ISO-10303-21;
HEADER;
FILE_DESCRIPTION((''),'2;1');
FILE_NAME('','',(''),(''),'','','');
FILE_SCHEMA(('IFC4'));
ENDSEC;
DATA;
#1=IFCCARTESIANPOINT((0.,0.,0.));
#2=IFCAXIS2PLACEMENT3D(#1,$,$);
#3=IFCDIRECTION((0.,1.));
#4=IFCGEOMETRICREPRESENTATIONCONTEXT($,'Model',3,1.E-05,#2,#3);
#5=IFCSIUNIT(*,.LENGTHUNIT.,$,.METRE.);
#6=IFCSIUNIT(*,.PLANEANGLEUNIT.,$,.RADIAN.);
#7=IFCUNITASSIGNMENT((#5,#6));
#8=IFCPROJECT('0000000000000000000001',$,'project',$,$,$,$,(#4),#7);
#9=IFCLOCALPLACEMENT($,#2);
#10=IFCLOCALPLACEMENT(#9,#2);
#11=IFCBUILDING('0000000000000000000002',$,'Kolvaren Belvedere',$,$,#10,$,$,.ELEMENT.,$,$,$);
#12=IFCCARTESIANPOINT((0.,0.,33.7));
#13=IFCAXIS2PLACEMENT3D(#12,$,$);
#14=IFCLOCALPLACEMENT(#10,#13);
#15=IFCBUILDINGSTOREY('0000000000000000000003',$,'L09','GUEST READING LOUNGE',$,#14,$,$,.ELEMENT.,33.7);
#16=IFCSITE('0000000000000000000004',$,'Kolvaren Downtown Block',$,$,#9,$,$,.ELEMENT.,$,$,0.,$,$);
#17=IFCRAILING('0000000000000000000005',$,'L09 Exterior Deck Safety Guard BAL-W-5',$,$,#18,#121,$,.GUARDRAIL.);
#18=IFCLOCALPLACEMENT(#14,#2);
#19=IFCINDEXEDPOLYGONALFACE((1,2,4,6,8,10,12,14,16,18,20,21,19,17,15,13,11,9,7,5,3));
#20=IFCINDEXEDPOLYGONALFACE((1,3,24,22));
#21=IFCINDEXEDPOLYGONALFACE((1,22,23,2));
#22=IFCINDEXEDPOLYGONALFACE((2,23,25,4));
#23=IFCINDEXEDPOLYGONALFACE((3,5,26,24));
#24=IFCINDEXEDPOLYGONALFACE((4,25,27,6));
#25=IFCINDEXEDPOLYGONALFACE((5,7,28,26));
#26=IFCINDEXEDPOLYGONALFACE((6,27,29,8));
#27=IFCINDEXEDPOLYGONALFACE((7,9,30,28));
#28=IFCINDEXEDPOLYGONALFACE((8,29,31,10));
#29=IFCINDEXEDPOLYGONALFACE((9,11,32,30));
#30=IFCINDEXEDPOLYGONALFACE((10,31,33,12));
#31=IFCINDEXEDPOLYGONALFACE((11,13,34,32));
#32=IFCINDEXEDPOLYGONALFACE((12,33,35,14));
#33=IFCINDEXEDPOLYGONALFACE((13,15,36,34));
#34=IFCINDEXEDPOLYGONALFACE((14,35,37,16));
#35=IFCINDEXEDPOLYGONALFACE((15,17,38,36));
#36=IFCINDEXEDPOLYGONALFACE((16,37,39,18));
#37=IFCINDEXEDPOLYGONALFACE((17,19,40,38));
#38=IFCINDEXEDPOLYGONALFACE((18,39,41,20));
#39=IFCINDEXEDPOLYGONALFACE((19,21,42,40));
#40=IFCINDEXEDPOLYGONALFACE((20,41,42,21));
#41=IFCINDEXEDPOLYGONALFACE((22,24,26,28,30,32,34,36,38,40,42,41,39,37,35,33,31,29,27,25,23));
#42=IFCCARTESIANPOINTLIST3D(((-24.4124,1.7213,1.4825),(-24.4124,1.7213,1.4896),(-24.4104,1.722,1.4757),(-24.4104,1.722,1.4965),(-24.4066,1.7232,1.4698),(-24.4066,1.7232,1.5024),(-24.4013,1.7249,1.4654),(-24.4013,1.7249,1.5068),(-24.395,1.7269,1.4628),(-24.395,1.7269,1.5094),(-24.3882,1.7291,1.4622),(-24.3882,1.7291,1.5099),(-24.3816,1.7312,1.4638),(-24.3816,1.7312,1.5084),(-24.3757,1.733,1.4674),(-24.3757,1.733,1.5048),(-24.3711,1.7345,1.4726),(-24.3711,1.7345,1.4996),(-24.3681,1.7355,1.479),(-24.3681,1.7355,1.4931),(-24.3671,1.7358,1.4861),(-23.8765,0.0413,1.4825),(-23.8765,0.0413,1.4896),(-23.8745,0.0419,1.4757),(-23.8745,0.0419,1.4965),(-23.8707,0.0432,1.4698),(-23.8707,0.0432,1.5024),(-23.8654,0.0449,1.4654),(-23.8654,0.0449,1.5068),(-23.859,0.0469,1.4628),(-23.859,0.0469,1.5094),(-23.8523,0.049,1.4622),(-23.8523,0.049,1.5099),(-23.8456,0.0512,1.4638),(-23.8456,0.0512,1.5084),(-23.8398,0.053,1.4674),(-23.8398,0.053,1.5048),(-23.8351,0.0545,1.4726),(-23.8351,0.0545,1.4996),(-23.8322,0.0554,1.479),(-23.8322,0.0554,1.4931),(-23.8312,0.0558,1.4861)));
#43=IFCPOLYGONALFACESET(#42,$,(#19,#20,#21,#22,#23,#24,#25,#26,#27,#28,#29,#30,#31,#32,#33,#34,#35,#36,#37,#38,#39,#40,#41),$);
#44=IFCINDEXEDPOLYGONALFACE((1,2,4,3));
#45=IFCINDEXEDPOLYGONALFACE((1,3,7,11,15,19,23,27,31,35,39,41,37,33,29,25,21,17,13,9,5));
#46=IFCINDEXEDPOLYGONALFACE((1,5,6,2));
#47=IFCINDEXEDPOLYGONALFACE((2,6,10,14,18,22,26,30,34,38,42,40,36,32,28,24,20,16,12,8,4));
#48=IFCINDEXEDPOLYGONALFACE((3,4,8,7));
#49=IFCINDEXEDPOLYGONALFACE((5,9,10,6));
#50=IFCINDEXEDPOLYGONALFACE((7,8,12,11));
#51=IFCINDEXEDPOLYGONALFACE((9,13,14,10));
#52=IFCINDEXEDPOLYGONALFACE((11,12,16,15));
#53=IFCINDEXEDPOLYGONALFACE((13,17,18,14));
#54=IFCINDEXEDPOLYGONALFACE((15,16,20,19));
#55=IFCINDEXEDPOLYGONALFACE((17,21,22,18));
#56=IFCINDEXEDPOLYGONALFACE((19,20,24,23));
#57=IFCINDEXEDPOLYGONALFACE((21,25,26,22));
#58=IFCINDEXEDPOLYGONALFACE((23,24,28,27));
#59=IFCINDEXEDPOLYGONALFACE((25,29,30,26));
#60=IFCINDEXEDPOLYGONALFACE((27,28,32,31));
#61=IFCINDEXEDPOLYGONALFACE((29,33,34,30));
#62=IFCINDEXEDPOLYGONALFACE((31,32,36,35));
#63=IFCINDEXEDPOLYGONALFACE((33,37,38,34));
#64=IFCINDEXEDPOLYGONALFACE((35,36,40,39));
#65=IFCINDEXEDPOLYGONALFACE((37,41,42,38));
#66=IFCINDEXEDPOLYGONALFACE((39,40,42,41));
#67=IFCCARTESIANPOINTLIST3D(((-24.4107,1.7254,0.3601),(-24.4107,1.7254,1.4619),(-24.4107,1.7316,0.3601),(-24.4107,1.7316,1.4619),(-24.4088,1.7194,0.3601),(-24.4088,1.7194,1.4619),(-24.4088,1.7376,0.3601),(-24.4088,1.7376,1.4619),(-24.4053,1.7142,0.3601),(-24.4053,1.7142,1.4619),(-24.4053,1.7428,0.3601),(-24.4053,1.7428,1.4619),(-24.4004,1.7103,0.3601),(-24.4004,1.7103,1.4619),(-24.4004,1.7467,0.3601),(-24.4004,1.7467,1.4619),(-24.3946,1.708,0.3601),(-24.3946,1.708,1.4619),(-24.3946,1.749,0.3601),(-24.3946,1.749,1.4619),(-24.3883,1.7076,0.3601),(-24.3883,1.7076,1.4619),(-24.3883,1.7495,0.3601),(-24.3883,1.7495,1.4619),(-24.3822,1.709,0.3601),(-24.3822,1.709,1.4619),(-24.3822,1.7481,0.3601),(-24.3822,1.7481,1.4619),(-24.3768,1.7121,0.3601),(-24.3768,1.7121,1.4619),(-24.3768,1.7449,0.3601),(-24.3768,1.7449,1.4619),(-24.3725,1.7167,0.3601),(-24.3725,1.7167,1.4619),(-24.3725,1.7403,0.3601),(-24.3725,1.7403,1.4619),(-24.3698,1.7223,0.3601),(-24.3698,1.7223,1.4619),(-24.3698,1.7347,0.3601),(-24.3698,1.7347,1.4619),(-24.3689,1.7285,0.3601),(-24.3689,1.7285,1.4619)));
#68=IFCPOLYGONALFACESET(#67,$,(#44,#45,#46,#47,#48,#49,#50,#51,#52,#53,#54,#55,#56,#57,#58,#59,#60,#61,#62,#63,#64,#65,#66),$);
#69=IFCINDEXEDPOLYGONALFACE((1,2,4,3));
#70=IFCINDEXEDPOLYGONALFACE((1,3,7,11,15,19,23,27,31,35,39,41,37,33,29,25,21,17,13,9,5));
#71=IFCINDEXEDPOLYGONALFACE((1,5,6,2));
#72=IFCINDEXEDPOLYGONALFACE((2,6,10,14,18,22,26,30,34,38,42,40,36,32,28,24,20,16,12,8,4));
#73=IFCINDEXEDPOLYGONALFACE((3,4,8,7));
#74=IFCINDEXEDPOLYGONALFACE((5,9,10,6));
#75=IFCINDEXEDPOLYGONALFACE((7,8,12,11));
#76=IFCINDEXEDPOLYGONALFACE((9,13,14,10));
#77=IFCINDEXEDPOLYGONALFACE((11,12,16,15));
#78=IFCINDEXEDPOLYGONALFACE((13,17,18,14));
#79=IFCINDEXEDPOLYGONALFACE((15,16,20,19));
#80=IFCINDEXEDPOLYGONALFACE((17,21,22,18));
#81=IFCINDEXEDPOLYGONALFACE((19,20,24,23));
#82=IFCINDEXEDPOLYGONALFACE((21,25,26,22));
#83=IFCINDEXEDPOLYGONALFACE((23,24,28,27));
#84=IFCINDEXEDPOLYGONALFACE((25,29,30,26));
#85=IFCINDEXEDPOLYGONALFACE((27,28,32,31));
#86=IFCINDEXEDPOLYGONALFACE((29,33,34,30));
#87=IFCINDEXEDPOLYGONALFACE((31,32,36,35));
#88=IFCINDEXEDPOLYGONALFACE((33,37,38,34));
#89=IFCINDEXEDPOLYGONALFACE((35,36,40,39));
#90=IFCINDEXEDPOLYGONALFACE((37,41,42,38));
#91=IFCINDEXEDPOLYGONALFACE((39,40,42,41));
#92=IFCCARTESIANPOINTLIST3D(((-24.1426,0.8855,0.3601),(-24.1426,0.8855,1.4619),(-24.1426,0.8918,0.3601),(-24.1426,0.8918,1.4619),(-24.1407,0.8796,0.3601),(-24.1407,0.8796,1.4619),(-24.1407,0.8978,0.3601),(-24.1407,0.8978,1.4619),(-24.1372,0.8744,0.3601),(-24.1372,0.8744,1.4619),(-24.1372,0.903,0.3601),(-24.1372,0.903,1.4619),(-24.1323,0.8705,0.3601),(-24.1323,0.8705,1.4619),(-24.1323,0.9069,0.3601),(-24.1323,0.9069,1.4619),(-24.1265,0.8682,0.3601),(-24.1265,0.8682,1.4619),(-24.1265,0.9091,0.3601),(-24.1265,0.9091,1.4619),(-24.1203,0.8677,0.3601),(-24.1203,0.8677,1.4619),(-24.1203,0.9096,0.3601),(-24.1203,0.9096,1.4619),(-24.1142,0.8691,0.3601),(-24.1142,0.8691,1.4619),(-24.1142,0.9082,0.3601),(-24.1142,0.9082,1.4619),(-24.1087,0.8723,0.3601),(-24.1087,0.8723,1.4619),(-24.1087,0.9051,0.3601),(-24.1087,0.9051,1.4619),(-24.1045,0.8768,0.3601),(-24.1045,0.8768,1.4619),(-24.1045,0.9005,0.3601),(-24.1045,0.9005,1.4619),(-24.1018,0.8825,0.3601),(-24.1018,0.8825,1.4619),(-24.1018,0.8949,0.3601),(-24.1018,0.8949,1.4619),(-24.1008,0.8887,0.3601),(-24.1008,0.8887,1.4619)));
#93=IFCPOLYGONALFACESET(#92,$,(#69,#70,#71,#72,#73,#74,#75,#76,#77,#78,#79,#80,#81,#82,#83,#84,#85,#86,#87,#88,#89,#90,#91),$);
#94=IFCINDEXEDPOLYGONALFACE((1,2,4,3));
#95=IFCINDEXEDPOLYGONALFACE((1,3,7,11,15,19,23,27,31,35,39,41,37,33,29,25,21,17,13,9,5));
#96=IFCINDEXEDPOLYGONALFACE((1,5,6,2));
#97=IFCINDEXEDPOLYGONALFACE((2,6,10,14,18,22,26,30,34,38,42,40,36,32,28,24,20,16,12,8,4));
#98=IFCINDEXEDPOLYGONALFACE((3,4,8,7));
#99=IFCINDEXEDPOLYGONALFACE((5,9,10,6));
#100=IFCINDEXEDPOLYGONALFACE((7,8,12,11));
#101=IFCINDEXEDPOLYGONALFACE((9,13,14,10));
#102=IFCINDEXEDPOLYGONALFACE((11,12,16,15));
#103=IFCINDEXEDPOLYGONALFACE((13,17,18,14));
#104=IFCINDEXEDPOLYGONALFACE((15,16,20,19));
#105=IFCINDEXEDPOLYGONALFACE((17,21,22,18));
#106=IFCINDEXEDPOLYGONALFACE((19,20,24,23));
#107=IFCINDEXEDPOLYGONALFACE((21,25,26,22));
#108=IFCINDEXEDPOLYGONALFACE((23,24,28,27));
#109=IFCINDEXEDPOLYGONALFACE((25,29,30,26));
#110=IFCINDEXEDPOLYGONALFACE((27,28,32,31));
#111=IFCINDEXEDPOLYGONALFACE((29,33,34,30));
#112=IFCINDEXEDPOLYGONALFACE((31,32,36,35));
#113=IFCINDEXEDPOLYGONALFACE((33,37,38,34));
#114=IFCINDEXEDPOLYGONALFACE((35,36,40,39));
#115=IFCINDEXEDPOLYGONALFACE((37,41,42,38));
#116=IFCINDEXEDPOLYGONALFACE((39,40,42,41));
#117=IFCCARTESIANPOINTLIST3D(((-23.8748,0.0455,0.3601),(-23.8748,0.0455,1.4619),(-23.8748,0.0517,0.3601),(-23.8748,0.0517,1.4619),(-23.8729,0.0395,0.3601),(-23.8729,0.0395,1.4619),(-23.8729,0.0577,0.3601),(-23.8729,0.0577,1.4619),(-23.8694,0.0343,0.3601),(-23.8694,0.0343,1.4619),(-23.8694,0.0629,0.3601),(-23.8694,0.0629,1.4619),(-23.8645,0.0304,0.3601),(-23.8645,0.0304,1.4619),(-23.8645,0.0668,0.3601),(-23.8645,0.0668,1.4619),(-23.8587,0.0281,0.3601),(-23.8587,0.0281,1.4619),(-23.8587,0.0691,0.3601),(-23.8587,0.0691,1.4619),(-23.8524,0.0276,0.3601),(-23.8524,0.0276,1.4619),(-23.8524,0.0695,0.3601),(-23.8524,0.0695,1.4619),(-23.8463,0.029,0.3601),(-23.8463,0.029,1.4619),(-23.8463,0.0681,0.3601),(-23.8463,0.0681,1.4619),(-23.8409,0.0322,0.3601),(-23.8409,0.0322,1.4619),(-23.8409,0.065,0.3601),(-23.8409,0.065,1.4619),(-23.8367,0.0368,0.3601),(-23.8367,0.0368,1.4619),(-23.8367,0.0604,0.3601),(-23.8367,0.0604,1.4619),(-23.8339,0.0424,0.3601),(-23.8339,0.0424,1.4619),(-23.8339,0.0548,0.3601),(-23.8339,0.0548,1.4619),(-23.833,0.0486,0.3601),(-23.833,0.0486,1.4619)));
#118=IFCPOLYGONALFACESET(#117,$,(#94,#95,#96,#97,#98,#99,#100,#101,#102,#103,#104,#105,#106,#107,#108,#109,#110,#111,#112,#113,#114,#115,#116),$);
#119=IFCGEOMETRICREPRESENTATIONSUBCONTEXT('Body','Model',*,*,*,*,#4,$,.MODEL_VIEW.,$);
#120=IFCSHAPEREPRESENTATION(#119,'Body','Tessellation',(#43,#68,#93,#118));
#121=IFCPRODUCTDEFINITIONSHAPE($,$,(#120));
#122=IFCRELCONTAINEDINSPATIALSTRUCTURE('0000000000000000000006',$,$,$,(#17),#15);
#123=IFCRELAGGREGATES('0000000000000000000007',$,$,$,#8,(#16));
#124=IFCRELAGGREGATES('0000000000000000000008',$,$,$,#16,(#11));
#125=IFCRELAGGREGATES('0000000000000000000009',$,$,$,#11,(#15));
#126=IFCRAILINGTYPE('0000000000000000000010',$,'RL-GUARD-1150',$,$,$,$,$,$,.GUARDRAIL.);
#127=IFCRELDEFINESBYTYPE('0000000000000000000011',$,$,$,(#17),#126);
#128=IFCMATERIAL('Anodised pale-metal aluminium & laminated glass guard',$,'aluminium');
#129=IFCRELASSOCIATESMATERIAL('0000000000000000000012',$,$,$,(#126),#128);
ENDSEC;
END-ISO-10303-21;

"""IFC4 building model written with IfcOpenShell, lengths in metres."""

from ifc_helpers import new_model, si_unit, direction, frame, origin, origin_2d, place, context, subcontext, project, spatial, circle, extrude, material, type_object, element, save


model = new_model("IFC4")

# Units and contexts
model_context = context("Model", 3, precision=1e-05, world=origin(), true_north=direction((0.0, 1.0)))
body_context = subcontext(model_context, "Body", "Model", "MODEL_VIEW")
ifc_project = project(units=[si_unit("LENGTHUNIT", "METRE"), si_unit("PLANEANGLEUNIT", "RADIAN")], contexts=[model_context])

# Site, building, storey
site_placement = place(None, origin())
site = spatial("IfcSite", under=ifc_project, at=site_placement, Name="Kolvaren Downtown Block", CompositionType="ELEMENT", RefElevation=0.0)
building_placement = place(site_placement, origin())
building = spatial("IfcBuilding", under=site, at=building_placement, Name="Kolvaren Belvedere", CompositionType="ELEMENT")
storey_placement = place(building_placement, frame((0.0, 0.0, 33.7)))
storey = spatial("IfcBuildingStorey", under=building, at=storey_placement, Name="L09", Description="GUEST READING LOUNGE", CompositionType="ELEMENT", Elevation=33.7)

# Railing
ifc_material_1 = material(Name="Anodised pale-metal aluminium & laminated glass guard", Category="aluminium")
railing_type = type_object("IfcRailingType", Name="RL-GUARD-1150", PredefinedType="GUARDRAIL", material=ifc_material_1)
railing_1_placement = place(storey_placement, frame((-24.3899, 1.7285, 0.3601)))
element("IfcRailing", 1, at=railing_1_placement, inside=storey, type_object=railing_type, Name="L09 Exterior Deck Safety Guard BAL-W-5", PredefinedType="GUARDRAIL", context=body_context, shape_type="SweptSolid", body=[
    extrude(circle(Radius=0.0239, at=origin_2d()), frame((0.0, 0.0, 1.126), z_axis=(0.303906, -0.952702, 0.0), x_axis=(0.952702, 0.303906, 0.0)), (0.0, 0.0, 1.0), 1.7634),
    extrude(circle(Radius=0.021, at=origin_2d()), origin(), (0.0, 0.0, 1.0), 1.1018),
    extrude(circle(Radius=0.021, at=origin_2d()), frame((0.2681, -0.8398, 0.0)), (0.0, 0.0, 1.0), 1.1018),
    extrude(circle(Radius=0.021, at=origin_2d()), frame((0.5359, -1.6799, 0.0)), (0.0, 0.0, 1.0), 1.1018),
])

save(model, "model.ifc")
